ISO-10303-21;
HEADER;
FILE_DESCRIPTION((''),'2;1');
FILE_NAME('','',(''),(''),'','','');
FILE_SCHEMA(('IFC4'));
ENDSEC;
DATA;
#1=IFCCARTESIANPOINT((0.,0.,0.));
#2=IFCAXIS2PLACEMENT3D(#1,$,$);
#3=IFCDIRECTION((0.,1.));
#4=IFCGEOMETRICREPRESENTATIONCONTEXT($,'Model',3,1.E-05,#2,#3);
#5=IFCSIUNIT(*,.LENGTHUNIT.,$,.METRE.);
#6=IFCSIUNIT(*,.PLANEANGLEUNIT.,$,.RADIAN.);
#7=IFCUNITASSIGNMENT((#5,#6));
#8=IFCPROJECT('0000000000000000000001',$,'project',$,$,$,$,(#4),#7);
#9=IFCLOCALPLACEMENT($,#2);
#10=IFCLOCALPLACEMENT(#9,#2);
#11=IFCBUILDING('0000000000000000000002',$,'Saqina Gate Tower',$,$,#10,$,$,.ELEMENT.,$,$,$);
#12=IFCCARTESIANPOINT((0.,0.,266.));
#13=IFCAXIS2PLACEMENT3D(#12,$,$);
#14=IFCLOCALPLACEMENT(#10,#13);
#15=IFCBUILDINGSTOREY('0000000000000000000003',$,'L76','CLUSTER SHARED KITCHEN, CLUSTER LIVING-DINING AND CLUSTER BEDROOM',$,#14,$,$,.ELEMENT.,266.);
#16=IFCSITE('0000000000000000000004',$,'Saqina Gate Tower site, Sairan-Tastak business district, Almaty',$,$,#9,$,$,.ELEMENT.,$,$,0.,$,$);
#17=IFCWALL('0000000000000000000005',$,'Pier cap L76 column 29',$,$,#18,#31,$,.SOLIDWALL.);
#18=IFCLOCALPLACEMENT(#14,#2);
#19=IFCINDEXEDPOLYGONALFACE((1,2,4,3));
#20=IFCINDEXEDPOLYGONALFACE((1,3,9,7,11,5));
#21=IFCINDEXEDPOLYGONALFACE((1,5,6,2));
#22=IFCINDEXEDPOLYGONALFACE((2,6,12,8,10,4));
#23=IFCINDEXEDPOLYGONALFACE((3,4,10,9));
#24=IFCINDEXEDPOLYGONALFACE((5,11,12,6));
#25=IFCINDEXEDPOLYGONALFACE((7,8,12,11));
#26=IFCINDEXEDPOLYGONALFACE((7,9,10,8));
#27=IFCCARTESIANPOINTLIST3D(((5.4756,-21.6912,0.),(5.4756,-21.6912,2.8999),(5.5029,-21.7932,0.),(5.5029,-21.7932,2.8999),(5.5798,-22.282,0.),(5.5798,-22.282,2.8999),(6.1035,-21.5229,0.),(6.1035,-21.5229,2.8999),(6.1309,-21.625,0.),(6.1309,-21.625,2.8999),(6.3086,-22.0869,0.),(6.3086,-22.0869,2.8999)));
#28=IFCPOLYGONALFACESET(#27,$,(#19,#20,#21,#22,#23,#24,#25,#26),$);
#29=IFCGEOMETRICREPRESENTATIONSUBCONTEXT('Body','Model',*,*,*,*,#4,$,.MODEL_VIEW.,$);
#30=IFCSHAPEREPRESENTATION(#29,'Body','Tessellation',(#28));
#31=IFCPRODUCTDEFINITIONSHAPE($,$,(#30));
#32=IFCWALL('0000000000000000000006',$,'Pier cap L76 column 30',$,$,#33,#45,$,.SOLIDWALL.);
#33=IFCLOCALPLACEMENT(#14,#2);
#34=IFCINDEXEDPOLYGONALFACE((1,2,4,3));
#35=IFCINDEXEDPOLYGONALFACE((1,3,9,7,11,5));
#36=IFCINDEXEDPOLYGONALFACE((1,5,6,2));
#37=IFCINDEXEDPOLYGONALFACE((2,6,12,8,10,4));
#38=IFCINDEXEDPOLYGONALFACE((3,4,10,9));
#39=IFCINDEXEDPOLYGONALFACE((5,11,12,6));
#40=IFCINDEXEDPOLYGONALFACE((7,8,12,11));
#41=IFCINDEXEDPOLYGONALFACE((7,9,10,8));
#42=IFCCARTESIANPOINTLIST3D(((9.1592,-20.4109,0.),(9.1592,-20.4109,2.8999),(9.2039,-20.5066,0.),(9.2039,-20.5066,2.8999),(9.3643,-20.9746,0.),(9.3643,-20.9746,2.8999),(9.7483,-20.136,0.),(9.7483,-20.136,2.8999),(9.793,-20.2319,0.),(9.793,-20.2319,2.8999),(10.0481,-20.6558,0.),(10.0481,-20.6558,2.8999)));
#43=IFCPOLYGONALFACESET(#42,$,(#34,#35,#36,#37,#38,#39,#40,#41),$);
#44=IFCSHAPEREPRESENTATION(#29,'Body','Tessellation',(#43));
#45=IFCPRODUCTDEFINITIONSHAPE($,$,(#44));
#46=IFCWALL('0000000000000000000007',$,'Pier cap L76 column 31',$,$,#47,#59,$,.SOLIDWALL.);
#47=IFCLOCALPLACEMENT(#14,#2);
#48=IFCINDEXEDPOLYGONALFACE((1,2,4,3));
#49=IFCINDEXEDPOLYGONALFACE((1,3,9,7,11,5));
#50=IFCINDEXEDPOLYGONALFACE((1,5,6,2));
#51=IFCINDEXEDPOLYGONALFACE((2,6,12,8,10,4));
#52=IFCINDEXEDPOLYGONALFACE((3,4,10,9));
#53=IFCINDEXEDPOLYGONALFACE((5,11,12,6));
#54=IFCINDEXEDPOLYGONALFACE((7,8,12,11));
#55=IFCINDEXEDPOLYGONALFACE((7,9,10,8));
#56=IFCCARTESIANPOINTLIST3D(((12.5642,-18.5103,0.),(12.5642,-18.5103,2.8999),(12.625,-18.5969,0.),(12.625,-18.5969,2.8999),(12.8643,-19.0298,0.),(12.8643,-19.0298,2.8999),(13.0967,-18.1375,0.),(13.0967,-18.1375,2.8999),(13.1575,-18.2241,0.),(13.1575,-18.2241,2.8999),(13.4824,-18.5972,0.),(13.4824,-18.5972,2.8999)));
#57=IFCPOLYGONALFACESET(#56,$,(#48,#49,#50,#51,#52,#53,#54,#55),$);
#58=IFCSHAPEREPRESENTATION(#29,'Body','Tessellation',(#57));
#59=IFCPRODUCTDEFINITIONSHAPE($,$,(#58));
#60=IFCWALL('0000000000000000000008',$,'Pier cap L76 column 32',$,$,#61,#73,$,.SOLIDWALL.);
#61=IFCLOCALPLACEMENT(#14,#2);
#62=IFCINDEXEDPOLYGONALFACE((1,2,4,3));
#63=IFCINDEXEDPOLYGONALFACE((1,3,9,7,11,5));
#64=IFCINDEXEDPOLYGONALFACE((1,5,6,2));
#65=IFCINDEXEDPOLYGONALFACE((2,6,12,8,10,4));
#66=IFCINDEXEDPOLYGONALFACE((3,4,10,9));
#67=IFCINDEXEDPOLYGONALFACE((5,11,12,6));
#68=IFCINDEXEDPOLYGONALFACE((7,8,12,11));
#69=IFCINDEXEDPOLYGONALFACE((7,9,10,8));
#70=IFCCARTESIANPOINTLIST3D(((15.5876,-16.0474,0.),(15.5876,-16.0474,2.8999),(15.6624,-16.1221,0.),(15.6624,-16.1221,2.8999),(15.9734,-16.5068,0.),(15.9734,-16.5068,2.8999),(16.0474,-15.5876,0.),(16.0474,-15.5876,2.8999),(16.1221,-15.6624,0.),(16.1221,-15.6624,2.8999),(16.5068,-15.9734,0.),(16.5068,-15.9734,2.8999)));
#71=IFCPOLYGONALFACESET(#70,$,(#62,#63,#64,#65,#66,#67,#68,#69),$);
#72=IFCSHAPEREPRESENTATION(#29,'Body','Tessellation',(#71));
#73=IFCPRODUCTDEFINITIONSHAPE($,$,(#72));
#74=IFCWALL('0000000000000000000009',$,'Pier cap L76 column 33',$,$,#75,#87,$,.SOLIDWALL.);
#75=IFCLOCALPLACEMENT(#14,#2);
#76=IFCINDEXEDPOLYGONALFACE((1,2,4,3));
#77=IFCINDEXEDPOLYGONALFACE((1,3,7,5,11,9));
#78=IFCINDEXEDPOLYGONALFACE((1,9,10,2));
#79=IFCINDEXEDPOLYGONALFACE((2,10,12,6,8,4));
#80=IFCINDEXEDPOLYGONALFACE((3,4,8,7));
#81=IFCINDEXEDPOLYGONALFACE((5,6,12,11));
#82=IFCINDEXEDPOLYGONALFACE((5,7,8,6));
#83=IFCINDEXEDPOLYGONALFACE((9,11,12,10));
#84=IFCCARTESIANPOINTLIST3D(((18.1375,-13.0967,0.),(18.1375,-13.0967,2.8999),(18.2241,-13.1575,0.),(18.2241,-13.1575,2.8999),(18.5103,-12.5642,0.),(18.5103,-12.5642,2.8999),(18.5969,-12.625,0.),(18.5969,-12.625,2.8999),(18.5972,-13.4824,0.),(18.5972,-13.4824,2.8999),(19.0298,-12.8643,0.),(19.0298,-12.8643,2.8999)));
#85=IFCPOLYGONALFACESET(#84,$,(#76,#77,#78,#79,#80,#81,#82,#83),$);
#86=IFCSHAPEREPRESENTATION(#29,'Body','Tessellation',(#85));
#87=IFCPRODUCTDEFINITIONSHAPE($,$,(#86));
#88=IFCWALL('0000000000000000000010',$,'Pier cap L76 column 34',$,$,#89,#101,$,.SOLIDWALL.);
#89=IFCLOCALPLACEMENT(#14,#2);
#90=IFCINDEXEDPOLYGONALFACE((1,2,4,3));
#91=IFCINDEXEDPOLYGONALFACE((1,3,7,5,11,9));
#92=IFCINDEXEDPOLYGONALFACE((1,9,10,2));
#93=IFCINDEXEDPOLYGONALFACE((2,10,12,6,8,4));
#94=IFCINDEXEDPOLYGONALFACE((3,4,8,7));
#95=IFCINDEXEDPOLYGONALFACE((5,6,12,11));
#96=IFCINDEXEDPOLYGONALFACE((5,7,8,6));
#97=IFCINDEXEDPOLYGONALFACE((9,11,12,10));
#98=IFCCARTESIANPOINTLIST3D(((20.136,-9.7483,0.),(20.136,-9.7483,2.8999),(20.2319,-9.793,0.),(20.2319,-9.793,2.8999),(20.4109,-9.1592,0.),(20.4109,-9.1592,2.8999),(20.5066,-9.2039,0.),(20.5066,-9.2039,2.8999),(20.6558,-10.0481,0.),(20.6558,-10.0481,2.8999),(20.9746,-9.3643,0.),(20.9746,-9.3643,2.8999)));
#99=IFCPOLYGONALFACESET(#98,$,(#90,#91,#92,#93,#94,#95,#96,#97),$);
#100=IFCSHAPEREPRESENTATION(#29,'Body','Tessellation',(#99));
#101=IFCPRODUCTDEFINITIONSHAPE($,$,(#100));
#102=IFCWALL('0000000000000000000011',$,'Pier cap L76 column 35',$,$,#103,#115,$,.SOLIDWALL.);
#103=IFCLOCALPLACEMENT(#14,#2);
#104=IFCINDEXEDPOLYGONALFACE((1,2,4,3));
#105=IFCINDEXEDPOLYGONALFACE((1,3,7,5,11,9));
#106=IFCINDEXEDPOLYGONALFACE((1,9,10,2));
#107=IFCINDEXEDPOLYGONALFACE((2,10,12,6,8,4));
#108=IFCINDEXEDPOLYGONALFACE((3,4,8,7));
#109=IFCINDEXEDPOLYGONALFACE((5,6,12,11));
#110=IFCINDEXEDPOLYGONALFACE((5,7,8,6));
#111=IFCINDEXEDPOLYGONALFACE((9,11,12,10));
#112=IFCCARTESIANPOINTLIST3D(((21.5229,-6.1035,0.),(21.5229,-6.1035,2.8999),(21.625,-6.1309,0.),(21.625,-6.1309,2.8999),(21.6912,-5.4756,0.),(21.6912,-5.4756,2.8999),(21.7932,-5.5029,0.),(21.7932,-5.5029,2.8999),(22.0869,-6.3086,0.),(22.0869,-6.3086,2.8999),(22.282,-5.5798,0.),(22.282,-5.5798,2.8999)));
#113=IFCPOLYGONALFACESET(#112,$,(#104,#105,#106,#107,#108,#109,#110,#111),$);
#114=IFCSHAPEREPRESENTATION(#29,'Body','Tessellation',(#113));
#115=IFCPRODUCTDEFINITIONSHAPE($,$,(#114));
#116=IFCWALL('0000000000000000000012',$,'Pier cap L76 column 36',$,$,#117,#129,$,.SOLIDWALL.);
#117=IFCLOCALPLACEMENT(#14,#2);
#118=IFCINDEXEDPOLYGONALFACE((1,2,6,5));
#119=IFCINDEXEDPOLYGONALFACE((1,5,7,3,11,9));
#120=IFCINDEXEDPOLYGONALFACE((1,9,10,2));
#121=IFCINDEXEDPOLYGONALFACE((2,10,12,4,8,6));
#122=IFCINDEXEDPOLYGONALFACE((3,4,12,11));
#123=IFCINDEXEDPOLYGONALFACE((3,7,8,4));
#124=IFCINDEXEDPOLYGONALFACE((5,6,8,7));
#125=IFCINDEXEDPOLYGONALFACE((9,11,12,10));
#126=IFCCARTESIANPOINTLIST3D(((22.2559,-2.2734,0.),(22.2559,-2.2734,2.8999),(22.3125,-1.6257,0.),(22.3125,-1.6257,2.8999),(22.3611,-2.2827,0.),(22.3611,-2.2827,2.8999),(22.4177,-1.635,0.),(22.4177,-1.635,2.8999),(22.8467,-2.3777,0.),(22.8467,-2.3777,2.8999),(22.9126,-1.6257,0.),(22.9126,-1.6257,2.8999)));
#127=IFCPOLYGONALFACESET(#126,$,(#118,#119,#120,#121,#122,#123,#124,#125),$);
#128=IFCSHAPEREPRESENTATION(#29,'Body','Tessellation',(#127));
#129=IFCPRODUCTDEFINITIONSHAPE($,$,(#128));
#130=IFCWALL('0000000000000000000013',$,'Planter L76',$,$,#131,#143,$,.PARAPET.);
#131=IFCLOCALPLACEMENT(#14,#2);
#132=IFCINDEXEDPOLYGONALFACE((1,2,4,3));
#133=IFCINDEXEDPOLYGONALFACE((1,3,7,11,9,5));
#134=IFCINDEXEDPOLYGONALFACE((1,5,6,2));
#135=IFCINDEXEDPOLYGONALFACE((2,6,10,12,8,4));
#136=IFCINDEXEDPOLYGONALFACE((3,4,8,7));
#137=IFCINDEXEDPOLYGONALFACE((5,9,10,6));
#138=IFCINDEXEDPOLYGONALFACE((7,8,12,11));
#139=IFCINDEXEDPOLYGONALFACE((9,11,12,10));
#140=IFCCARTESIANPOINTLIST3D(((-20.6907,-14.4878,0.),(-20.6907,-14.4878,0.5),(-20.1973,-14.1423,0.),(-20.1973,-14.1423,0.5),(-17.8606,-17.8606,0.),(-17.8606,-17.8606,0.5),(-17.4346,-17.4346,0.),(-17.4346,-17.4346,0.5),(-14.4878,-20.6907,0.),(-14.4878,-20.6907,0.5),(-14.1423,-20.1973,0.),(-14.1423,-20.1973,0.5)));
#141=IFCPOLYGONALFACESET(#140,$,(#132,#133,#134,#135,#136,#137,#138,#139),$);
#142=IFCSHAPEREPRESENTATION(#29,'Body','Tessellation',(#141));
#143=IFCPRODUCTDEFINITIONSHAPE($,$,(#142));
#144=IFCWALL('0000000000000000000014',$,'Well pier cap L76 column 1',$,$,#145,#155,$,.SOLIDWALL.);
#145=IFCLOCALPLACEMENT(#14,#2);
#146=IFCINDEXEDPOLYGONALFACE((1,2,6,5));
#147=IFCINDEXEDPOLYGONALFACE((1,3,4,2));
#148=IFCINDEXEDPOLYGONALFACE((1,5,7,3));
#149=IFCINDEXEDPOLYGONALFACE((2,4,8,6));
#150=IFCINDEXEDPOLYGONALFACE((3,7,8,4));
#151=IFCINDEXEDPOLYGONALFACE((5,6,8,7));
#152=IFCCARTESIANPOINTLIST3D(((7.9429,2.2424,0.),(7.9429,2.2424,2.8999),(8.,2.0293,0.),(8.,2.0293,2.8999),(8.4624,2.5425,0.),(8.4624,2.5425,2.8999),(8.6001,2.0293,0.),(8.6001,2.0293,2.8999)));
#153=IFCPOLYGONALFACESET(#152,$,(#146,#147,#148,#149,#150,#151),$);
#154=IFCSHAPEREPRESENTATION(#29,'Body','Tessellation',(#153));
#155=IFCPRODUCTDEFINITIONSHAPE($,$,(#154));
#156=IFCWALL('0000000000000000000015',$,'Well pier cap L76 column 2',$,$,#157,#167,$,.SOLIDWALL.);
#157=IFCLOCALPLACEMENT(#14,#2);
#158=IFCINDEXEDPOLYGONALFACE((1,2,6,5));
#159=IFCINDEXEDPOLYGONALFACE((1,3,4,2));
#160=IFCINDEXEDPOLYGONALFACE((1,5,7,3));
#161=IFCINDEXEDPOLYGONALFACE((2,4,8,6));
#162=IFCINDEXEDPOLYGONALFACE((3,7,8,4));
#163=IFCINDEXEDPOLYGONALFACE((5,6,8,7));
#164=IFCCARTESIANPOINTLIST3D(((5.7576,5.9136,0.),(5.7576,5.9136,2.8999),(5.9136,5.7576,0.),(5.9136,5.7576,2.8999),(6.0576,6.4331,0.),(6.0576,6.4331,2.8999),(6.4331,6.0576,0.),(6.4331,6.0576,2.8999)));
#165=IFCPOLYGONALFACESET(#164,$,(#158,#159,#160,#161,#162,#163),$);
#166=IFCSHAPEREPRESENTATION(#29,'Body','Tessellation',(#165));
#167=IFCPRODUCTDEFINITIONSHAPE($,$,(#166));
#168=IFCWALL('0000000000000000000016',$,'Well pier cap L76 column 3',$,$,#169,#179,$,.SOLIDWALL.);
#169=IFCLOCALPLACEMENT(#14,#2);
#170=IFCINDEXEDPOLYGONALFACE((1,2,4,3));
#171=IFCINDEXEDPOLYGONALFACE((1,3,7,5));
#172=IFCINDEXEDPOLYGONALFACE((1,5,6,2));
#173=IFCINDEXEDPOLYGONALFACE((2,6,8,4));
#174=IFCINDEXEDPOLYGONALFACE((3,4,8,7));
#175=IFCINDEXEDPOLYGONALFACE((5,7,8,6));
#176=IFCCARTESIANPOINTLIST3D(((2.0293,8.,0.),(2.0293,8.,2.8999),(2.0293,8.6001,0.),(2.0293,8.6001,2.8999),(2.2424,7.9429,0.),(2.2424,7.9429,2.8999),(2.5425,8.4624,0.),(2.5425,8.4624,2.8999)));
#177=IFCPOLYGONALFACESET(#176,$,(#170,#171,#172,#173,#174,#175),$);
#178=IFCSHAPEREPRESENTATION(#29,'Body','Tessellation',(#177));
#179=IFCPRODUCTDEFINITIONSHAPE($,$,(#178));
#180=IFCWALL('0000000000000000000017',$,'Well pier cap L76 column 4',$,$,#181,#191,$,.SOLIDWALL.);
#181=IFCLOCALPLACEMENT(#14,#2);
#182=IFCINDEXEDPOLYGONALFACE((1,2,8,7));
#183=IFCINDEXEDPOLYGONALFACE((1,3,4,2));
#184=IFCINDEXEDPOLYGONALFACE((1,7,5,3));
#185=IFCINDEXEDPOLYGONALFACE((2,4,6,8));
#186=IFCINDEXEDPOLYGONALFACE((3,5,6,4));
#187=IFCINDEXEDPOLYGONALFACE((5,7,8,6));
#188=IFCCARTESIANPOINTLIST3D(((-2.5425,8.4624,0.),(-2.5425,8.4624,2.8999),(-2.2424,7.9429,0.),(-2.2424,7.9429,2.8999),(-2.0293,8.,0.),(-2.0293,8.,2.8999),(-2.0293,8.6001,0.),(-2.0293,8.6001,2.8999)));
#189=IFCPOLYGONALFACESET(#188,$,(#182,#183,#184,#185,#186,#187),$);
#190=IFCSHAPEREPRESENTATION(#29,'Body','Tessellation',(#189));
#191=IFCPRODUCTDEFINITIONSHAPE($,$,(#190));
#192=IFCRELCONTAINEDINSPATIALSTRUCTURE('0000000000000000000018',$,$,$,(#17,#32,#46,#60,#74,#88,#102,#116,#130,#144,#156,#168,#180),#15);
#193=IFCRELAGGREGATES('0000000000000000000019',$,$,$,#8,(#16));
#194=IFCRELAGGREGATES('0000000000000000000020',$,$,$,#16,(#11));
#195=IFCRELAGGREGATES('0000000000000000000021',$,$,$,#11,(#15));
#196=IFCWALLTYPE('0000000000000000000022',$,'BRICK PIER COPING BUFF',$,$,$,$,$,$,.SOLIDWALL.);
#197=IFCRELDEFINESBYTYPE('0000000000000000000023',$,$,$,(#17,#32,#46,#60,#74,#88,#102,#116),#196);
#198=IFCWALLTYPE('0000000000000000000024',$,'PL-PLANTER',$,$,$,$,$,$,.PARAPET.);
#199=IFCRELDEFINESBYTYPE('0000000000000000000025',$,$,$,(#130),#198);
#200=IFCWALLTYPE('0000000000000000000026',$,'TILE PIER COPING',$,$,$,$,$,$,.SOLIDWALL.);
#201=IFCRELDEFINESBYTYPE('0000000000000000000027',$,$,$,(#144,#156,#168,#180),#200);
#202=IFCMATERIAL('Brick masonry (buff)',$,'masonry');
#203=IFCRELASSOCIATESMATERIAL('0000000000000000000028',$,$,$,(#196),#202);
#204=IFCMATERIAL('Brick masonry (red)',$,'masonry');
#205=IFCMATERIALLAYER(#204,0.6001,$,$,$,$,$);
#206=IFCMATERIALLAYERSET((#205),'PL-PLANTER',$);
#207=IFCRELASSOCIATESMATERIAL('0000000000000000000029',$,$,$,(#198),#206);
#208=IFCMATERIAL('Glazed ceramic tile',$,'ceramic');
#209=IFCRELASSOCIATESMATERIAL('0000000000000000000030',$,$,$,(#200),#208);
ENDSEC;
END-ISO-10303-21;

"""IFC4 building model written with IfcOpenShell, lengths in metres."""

from ifc_helpers import new_model, si_unit, direction, frame, origin, place, context, subcontext, project, spatial, polyline, outline, extrude, material, layer, layer_set, type_object, element, save


model = new_model("IFC4")

# Units and contexts
model_context = context("Model", 3, precision=1e-05, world=origin(), true_north=direction((0.0, 1.0)))
body_context = subcontext(model_context, "Body", "Model", "MODEL_VIEW")
ifc_project = project(units=[si_unit("LENGTHUNIT", "METRE"), si_unit("PLANEANGLEUNIT", "RADIAN")], contexts=[model_context])

# Site, building, storey
site_placement = place(None, origin())
site = spatial("IfcSite", under=ifc_project, at=site_placement, Name="Saqina Gate Tower site, Sairan-Tastak business district, Almaty", CompositionType="ELEMENT", RefElevation=0.0)
building_placement = place(site_placement, origin())
building = spatial("IfcBuilding", under=site, at=building_placement, Name="Saqina Gate Tower", CompositionType="ELEMENT")
storey_placement = place(building_placement, frame((0.0, 0.0, 266.0)))
storey = spatial("IfcBuildingStorey", under=building, at=storey_placement, Name="L76", Description="CLUSTER SHARED KITCHEN, CLUSTER LIVING-DINING AND CLUSTER BEDROOM", CompositionType="ELEMENT", Elevation=266.0)

# Walls
ifc_material_1 = material(Name="Brick masonry (buff)", Category="masonry")
wall_type_1 = type_object("IfcWallType", Name="BRICK PIER COPING BUFF", PredefinedType="SOLIDWALL", material=ifc_material_1)
wall_1_placement = place(storey_placement, origin())
element("IfcWall", 1, at=wall_1_placement, inside=storey, type_object=wall_type_1, Name="Pier cap L76 column 29", PredefinedType="SOLIDWALL", context=body_context, shape_type="SweptSolid", body=[
    extrude(outline(polyline([(6.3086, -22.0869), (6.1035, -21.5229), (6.1309, -21.625), (5.5029, -21.7932), (5.4756, -21.6912), (5.5798, -22.282), (6.3086, -22.0869)])), origin(), (0.0, 0.0, 1.0), 2.8999),
])
wall_2_placement = place(storey_placement, origin())
element("IfcWall", 2, at=wall_2_placement, inside=storey, type_object=wall_type_1, Name="Pier cap L76 column 30", PredefinedType="SOLIDWALL", context=body_context, shape_type="SweptSolid", body=[
    extrude(outline(polyline([(9.3643, -20.9746), (10.0481, -20.6558), (9.7483, -20.136), (9.793, -20.2319), (9.2039, -20.5066), (9.1592, -20.4109), (9.3643, -20.9746)])), origin(), (0.0, 0.0, 1.0), 2.8999),
])
wall_3_placement = place(storey_placement, origin())
element("IfcWall", 3, at=wall_3_placement, inside=storey, type_object=wall_type_1, Name="Pier cap L76 column 31", PredefinedType="SOLIDWALL", context=body_context, shape_type="SweptSolid", body=[
    extrude(outline(polyline([(12.8643, -19.0298), (13.4824, -18.5972), (13.0967, -18.1375), (13.1575, -18.2241), (12.625, -18.5969), (12.5642, -18.5103), (12.8643, -19.0298)])), origin(), (0.0, 0.0, 1.0), 2.8999),
])
wall_4_placement = place(storey_placement, origin())
element("IfcWall", 4, at=wall_4_placement, inside=storey, type_object=wall_type_1, Name="Pier cap L76 column 32", PredefinedType="SOLIDWALL", context=body_context, shape_type="SweptSolid", body=[
    extrude(outline(polyline([(16.5068, -15.9734), (16.0474, -15.5876), (16.1221, -15.6624), (15.6624, -16.1221), (15.5876, -16.0474), (15.9734, -16.5068), (16.5068, -15.9734)])), origin(), (0.0, 0.0, 1.0), 2.8999),
])
wall_5_placement = place(storey_placement, origin())
element("IfcWall", 5, at=wall_5_placement, inside=storey, type_object=wall_type_1, Name="Pier cap L76 column 33", PredefinedType="SOLIDWALL", context=body_context, shape_type="SweptSolid", body=[
    extrude(outline(polyline([(19.0298, -12.8643), (18.5103, -12.5642), (18.5969, -12.625), (18.2241, -13.1575), (18.1375, -13.0967), (18.5972, -13.4824), (19.0298, -12.8643)])), origin(), (0.0, 0.0, 1.0), 2.8999),
])
wall_6_placement = place(storey_placement, origin())
element("IfcWall", 6, at=wall_6_placement, inside=storey, type_object=wall_type_1, Name="Pier cap L76 column 34", PredefinedType="SOLIDWALL", context=body_context, shape_type="SweptSolid", body=[
    extrude(outline(polyline([(20.6558, -10.0481), (20.9746, -9.3643), (20.4109, -9.1592), (20.5066, -9.2039), (20.2319, -9.793), (20.136, -9.7483), (20.6558, -10.0481)])), origin(), (0.0, 0.0, 1.0), 2.8999),
])
wall_7_placement = place(storey_placement, origin())
element("IfcWall", 7, at=wall_7_placement, inside=storey, type_object=wall_type_1, Name="Pier cap L76 column 35", PredefinedType="SOLIDWALL", context=body_context, shape_type="SweptSolid", body=[
    extrude(outline(polyline([(22.282, -5.5798), (21.6912, -5.4756), (21.7932, -5.5029), (21.625, -6.1309), (21.5229, -6.1035), (22.0869, -6.3086), (22.282, -5.5798)])), origin(), (0.0, 0.0, 1.0), 2.8999),
])
wall_8_placement = place(storey_placement, origin())
element("IfcWall", 8, at=wall_8_placement, inside=storey, type_object=wall_type_1, Name="Pier cap L76 column 36", PredefinedType="SOLIDWALL", context=body_context, shape_type="SweptSolid", body=[
    extrude(outline(polyline([(22.8467, -2.3777), (22.9126, -1.6257), (22.3125, -1.6257), (22.4177, -1.635), (22.3611, -2.2827), (22.2559, -2.2734), (22.8467, -2.3777)])), origin(), (0.0, 0.0, 1.0), 2.8999),
])
ifc_material_2 = material(Name="Brick masonry (red)", Category="masonry")
ifc_layer = layer(ifc_material_2, 0.6001)
ifc_layer_set = layer_set([ifc_layer], Name="PL-PLANTER")
wall_type_2 = type_object("IfcWallType", Name="PL-PLANTER", PredefinedType="PARAPET", material=ifc_layer_set)
wall_9_placement = place(storey_placement, origin())
element("IfcWall", 9, at=wall_9_placement, inside=storey, type_object=wall_type_2, Name="Planter L76", PredefinedType="PARAPET", context=body_context, shape_type="SweptSolid", body=[
    extrude(outline(polyline([(-20.6907, -14.4878), (-17.8606, -17.8606), (-14.4878, -20.6907), (-14.1423, -20.1973), (-17.4346, -17.4346), (-20.1973, -14.1423), (-20.6907, -14.4878)])), origin(), (0.0, 0.0, 1.0), 0.5),
])
ifc_material_3 = material(Name="Glazed ceramic tile", Category="ceramic")
wall_type_3 = type_object("IfcWallType", Name="TILE PIER COPING", PredefinedType="SOLIDWALL", material=ifc_material_3)
wall_10_placement = place(storey_placement, origin())
element("IfcWall", 10, at=wall_10_placement, inside=storey, type_object=wall_type_3, Name="Well pier cap L76 column 1", PredefinedType="SOLIDWALL", context=body_context, shape_type="SweptSolid", body=[
    extrude(outline(polyline([(8.4624, 2.5425), (7.9429, 2.2424), (8.0, 2.0293), (8.6001, 2.0293), (8.4624, 2.5425)])), origin(), (0.0, 0.0, 1.0), 2.8999),
])
wall_11_placement = place(storey_placement, origin())
element("IfcWall", 11, at=wall_11_placement, inside=storey, type_object=wall_type_3, Name="Well pier cap L76 column 2", PredefinedType="SOLIDWALL", context=body_context, shape_type="SweptSolid", body=[
    extrude(outline(polyline([(6.0576, 6.4331), (5.7576, 5.9136), (5.9136, 5.7576), (6.4331, 6.0576), (6.0576, 6.4331)])), origin(), (0.0, 0.0, 1.0), 2.8999),
])
wall_12_placement = place(storey_placement, origin())
element("IfcWall", 12, at=wall_12_placement, inside=storey, type_object=wall_type_3, Name="Well pier cap L76 column 3", PredefinedType="SOLIDWALL", context=body_context, shape_type="SweptSolid", body=[
    extrude(outline(polyline([(2.0293, 8.6001), (2.0293, 8.0), (2.2424, 7.9429), (2.5425, 8.4624), (2.0293, 8.6001)])), origin(), (0.0, 0.0, 1.0), 2.8999),
])
wall_13_placement = place(storey_placement, origin())
element("IfcWall", 13, at=wall_13_placement, inside=storey, type_object=wall_type_3, Name="Well pier cap L76 column 4", PredefinedType="SOLIDWALL", context=body_context, shape_type="SweptSolid", body=[
    extrude(outline(polyline([(-2.5425, 8.4624), (-2.2424, 7.9429), (-2.0293, 8.0), (-2.0293, 8.6001), (-2.5425, 8.4624)])), origin(), (0.0, 0.0, 1.0), 2.8999),
])

save(model, "model.ifc")
